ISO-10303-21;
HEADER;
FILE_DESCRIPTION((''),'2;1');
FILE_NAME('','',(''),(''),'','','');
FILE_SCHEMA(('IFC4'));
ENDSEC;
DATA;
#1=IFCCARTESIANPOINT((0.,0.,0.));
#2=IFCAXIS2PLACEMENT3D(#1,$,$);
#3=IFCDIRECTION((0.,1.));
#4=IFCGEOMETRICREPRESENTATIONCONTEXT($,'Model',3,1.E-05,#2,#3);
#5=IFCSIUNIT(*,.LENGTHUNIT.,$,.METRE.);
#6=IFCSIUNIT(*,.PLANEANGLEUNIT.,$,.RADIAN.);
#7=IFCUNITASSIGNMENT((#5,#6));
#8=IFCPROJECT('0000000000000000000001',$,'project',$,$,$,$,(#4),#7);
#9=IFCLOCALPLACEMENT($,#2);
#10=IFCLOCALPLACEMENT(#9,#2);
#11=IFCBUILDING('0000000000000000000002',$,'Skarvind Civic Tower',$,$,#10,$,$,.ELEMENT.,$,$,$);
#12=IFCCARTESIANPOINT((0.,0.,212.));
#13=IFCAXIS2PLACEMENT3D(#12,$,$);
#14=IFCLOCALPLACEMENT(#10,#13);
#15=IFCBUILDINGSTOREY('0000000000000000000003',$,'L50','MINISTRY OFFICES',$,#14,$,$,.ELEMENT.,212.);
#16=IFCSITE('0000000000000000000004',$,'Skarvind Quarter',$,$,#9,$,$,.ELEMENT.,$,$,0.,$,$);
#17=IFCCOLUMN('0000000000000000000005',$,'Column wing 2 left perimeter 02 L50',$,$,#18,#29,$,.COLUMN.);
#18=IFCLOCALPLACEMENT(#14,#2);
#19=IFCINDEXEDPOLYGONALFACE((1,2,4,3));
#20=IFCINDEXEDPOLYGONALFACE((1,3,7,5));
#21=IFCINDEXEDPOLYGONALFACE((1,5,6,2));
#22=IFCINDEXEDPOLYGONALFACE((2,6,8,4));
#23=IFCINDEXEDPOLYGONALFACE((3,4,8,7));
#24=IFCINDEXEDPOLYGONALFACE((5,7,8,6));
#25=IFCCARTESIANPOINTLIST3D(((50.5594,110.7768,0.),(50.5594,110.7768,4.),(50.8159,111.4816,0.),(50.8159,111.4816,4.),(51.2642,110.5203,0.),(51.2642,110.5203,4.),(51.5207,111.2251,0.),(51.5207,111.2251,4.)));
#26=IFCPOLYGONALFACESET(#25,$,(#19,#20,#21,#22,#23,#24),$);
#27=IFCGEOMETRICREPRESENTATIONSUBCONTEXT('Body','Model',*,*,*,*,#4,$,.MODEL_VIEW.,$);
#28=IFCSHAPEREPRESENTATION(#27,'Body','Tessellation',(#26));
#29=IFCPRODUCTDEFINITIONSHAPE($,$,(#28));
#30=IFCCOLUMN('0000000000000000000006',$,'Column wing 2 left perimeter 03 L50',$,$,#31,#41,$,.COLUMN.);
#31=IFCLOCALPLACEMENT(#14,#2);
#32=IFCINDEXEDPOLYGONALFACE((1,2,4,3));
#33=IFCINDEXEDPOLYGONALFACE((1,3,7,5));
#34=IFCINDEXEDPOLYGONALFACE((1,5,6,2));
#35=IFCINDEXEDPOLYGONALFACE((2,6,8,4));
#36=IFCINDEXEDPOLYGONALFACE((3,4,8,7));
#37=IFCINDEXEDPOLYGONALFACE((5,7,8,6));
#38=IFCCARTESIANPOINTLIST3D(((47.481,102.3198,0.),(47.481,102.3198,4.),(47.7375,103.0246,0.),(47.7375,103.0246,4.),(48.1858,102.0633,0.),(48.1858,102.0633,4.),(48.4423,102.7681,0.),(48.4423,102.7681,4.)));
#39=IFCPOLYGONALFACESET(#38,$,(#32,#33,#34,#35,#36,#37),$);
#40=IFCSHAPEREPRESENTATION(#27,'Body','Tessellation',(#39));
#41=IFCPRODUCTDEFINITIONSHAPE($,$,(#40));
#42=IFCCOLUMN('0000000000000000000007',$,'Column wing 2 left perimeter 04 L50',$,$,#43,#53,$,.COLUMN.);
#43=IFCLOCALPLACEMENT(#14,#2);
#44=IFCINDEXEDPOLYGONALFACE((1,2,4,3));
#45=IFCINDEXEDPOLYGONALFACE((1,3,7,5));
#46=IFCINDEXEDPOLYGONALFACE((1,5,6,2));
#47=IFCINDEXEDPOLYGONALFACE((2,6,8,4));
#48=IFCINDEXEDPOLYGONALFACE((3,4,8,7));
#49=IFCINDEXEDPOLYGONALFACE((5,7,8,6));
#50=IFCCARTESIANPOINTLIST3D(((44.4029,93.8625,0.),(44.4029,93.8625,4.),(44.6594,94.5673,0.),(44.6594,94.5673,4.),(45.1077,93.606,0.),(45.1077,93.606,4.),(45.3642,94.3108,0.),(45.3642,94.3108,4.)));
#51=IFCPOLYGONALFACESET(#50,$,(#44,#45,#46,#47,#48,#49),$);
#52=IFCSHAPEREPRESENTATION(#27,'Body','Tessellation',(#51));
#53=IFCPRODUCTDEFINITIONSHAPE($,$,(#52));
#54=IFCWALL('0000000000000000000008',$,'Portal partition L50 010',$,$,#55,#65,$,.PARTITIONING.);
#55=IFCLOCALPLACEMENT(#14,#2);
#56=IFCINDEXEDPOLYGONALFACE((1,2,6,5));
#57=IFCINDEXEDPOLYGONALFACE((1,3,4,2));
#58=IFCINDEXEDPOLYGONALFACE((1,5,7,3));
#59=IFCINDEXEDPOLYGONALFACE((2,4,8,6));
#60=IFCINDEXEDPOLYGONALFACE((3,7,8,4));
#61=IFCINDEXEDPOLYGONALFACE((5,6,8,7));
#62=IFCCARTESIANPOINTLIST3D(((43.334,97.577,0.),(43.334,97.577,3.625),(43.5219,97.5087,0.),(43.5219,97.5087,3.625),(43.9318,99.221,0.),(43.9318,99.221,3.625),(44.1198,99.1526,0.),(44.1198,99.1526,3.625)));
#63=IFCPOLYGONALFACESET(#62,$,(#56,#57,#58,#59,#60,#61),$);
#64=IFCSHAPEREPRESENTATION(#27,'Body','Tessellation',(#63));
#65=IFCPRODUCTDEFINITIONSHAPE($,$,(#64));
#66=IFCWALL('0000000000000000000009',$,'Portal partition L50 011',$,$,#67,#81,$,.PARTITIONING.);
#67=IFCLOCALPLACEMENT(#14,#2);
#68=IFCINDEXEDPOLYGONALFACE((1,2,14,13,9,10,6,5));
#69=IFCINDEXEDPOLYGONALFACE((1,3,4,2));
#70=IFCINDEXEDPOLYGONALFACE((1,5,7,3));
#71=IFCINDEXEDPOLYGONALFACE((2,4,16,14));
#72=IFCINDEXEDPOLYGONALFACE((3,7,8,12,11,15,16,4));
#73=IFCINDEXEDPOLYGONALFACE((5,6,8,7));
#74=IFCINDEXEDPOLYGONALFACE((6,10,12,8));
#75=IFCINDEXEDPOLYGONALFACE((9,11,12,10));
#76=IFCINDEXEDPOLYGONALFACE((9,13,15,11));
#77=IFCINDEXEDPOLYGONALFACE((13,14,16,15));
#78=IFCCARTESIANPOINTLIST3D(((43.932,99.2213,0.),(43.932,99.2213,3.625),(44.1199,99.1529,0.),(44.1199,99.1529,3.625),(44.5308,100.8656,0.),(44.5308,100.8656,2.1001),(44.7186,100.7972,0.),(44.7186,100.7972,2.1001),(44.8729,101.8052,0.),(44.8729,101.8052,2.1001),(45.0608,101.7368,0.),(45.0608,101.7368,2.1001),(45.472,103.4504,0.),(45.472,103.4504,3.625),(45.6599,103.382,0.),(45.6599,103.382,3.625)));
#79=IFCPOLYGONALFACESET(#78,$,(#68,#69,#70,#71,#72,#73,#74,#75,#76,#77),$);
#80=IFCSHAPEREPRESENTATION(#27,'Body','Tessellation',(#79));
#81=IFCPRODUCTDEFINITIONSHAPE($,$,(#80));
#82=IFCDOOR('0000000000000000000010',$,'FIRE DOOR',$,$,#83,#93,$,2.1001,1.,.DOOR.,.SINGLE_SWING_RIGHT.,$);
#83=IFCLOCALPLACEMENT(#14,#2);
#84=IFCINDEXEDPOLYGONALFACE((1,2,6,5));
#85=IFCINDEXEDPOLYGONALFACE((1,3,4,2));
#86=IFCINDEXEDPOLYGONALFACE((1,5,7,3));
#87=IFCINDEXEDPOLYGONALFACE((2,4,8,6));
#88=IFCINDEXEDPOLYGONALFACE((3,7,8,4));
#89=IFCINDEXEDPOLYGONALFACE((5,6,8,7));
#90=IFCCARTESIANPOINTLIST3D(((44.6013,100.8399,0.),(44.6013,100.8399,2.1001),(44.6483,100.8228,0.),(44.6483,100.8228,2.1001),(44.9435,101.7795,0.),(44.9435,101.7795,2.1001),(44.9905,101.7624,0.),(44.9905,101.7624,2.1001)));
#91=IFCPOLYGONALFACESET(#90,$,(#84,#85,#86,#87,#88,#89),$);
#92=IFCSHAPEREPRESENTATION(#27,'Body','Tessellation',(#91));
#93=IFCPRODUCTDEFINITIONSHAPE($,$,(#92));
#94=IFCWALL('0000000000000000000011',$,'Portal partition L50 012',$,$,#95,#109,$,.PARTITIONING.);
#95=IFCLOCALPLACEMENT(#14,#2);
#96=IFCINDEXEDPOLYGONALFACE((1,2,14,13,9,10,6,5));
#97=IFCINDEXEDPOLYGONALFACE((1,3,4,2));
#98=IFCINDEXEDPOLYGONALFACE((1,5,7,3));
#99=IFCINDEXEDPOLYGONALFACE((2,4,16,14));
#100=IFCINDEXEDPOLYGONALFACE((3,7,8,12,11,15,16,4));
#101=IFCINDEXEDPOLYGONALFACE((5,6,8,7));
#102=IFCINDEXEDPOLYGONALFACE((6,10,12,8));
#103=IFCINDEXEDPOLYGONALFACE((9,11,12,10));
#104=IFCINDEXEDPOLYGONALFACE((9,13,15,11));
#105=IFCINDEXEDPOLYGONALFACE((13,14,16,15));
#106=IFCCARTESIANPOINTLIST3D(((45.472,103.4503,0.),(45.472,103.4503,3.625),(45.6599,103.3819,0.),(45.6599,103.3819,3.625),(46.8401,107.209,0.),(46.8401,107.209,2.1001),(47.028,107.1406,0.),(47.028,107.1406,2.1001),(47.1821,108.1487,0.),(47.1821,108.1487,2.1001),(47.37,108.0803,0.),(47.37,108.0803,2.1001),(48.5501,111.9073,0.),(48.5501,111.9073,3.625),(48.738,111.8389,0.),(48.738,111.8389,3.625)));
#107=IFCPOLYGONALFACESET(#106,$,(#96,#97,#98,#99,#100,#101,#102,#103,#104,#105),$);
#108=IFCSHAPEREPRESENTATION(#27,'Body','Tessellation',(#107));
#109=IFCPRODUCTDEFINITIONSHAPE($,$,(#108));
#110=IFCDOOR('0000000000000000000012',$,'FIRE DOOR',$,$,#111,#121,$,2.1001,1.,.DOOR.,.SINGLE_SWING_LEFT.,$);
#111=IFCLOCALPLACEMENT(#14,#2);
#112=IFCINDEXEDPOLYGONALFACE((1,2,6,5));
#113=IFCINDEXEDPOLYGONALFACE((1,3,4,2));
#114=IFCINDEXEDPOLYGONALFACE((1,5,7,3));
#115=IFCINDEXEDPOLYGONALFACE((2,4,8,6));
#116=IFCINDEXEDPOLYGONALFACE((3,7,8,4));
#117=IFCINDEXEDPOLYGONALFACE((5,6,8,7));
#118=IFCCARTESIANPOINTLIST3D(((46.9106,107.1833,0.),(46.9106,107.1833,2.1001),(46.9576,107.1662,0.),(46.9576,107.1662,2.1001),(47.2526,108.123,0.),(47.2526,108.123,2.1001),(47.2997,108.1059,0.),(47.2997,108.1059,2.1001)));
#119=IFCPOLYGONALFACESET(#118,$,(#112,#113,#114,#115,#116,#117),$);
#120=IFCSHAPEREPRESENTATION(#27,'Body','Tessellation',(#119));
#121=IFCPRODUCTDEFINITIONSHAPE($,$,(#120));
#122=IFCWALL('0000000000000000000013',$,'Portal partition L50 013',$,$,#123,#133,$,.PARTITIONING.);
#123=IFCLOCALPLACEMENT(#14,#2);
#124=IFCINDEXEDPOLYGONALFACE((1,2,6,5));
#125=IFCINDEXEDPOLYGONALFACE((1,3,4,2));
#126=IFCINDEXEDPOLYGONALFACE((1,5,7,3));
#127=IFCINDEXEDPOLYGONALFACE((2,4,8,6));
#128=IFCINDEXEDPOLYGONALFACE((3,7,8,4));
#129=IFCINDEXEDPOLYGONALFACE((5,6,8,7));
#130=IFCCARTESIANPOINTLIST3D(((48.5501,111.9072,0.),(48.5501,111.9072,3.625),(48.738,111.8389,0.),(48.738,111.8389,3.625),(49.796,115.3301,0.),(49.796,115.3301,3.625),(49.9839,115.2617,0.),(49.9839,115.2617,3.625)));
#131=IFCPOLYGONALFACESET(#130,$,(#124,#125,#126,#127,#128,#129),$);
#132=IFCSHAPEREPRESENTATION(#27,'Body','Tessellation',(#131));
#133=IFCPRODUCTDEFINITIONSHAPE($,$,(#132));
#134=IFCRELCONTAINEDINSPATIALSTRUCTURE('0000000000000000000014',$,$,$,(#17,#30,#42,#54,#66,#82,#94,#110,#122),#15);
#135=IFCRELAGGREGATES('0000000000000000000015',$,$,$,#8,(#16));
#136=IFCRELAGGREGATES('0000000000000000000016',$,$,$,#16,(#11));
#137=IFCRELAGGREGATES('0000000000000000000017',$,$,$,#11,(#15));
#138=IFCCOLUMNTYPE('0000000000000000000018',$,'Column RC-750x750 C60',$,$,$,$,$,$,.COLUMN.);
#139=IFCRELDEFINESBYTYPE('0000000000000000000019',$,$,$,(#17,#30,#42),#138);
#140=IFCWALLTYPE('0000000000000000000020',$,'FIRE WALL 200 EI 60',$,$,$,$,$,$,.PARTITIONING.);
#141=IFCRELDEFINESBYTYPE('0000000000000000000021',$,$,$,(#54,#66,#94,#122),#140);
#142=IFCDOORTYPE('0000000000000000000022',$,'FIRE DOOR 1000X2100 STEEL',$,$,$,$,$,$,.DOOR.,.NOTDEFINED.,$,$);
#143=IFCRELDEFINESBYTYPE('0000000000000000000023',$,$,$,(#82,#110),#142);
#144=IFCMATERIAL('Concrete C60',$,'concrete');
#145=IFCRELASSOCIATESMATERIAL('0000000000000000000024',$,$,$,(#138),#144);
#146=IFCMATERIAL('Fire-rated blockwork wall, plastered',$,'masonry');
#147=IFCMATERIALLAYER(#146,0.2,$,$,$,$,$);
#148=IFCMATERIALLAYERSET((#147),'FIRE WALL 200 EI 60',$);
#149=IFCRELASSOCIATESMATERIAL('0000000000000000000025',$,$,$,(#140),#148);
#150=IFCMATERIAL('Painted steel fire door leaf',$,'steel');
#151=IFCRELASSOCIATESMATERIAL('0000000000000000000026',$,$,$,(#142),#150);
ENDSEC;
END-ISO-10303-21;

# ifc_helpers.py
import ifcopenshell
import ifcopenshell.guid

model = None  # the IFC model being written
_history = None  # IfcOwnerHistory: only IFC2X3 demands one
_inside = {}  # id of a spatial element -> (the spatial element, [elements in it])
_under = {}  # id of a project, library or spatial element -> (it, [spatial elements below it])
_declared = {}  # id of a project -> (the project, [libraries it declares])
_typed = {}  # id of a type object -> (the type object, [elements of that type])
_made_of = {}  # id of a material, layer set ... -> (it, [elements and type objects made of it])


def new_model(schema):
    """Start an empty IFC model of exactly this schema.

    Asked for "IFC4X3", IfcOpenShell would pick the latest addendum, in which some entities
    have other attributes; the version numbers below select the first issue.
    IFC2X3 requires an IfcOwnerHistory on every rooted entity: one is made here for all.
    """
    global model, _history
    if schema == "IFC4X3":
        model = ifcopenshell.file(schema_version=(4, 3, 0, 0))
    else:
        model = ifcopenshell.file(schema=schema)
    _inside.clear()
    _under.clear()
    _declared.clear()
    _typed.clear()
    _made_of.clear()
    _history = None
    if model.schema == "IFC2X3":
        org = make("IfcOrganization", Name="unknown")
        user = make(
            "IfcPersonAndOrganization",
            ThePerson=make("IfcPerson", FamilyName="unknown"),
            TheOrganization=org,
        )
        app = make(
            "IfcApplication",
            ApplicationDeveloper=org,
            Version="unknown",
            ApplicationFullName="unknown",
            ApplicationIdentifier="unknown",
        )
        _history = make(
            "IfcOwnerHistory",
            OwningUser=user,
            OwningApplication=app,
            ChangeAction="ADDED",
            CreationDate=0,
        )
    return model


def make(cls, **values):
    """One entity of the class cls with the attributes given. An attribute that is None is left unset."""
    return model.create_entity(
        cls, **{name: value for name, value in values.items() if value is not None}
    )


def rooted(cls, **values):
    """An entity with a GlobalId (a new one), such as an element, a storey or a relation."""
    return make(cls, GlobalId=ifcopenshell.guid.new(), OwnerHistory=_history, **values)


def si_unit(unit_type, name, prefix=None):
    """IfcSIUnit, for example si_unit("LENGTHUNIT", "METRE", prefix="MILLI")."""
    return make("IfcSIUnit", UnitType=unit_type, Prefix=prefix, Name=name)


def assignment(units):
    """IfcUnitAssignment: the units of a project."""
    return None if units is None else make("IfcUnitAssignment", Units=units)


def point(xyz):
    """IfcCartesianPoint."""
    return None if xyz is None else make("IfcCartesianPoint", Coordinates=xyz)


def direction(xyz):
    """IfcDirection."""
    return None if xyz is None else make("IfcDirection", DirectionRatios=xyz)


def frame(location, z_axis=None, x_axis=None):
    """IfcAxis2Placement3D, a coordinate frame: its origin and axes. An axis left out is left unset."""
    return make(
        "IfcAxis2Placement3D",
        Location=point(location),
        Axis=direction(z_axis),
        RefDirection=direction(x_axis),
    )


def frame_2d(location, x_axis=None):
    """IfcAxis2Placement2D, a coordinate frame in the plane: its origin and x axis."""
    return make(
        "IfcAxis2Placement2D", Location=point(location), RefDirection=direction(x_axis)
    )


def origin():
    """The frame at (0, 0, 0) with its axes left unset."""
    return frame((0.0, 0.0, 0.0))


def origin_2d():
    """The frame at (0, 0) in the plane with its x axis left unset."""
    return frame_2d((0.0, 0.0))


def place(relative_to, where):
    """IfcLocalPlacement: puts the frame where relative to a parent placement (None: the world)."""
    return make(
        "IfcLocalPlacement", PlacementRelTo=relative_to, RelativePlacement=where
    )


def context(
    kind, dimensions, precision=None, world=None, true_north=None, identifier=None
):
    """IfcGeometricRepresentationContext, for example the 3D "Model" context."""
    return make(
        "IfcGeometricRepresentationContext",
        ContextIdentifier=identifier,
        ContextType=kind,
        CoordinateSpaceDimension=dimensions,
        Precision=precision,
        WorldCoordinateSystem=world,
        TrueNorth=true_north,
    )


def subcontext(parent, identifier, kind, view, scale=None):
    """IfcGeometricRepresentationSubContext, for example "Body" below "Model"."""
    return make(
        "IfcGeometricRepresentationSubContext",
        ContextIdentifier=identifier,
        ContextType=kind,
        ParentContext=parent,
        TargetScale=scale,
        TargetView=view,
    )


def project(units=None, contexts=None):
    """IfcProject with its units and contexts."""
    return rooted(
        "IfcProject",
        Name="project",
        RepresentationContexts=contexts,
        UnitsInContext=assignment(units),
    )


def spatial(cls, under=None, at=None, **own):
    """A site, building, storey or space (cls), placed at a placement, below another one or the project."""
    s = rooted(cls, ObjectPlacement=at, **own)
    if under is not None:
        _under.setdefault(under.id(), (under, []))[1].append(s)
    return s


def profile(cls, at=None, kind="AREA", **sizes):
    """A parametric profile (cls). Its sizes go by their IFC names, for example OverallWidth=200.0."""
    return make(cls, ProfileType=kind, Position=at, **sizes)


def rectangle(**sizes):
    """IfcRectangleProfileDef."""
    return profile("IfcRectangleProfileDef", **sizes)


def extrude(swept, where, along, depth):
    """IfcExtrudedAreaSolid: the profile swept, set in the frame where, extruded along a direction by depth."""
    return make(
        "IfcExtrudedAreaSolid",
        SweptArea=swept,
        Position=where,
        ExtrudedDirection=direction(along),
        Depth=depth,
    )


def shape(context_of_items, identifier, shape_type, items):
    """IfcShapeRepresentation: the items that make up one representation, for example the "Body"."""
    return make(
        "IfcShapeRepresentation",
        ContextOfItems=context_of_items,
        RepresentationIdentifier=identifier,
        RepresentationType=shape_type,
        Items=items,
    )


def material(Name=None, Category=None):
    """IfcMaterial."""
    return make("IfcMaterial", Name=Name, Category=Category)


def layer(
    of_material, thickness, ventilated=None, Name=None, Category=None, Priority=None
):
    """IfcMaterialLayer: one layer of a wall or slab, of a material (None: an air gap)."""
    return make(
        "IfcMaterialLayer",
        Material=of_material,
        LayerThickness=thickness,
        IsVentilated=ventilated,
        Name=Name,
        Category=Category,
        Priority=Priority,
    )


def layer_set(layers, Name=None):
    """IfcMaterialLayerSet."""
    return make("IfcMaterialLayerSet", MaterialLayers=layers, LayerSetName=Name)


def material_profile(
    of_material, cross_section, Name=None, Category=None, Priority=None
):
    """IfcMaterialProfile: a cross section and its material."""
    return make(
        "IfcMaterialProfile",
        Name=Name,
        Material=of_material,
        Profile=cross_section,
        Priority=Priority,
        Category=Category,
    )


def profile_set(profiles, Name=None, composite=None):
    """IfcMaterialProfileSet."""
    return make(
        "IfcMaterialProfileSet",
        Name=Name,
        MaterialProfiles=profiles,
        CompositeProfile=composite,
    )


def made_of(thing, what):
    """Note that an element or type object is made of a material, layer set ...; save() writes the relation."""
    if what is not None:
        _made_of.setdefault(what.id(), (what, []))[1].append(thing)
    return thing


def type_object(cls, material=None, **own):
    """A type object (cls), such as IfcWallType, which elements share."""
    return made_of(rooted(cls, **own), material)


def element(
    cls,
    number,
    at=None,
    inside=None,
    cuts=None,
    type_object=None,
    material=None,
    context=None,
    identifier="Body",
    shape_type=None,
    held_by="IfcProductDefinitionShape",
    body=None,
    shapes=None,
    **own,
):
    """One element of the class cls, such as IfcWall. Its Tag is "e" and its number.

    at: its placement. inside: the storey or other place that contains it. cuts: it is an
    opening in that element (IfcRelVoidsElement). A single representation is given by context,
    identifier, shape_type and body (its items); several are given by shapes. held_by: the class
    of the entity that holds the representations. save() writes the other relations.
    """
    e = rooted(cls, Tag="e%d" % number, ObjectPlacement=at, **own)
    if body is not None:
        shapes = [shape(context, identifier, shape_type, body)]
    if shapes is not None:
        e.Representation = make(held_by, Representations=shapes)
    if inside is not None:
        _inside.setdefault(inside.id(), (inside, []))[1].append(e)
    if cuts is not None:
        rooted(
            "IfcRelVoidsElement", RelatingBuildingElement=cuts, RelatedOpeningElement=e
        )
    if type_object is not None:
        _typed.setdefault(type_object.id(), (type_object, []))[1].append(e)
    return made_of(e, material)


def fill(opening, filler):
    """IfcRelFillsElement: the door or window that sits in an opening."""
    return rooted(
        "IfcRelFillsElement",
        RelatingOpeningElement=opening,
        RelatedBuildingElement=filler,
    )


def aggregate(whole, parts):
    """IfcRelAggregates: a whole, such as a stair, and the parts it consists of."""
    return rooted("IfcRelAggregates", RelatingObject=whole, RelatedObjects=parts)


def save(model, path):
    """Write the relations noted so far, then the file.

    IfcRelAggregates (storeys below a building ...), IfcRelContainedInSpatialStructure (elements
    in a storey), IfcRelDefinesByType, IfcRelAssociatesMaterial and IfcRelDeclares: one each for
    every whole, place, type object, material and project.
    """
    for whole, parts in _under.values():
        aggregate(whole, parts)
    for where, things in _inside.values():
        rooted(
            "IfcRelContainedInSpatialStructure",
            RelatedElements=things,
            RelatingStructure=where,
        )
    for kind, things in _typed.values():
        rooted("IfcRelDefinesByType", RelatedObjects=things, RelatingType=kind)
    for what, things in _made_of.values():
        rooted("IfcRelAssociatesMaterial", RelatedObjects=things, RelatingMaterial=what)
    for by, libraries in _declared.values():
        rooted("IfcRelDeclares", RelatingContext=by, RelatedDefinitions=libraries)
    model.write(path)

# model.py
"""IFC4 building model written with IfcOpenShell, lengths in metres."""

from ifc_helpers import new_model, si_unit, direction, frame, frame_2d, origin, origin_2d, place, context, subcontext, project, spatial, rectangle, extrude, material, layer, layer_set, material_profile, profile_set, type_object, element, fill, save


model = new_model("IFC4")

# Units and contexts
model_context = context("Model", 3, precision=1e-05, world=origin(), true_north=direction((0.0, 1.0)))
body_context = subcontext(model_context, "Body", "Model", "MODEL_VIEW")
ifc_project = project(units=[si_unit("LENGTHUNIT", "METRE"), si_unit("PLANEANGLEUNIT", "RADIAN")], contexts=[model_context])

# Site, building, storey
site_placement = place(None, origin())
site = spatial("IfcSite", under=ifc_project, at=site_placement, Name="Skarvind Quarter", CompositionType="ELEMENT", RefElevation=0.0)
building_placement = place(site_placement, origin())
building = spatial("IfcBuilding", under=site, at=building_placement, Name="Skarvind Civic Tower", CompositionType="ELEMENT")
storey_placement = place(building_placement, frame((0.0, 0.0, 212.0)))
storey = spatial("IfcBuildingStorey", under=building, at=storey_placement, Name="L50", Description="MINISTRY OFFICES", CompositionType="ELEMENT", Elevation=212.0)

# Columns
ifc_material_1 = material(Name="Concrete C60", Category="concrete")
ifc_material_profile_1 = material_profile(ifc_material_1, rectangle(XDim=0.75, YDim=0.75, at=origin_2d()), Name="RC-750x750")
ifc_profile_set_1 = profile_set([ifc_material_profile_1], Name="Concrete C60")
column_type = type_object("IfcColumnType", Name="Column RC-750x750 C60", PredefinedType="COLUMN", material=ifc_profile_set_1)
for number, where, z_axis, x_axis, name in (
    (1, (51.04, 111.001, 0.0), (0.0, 0.0, 1.0), (-0.34202, -0.939693, 0.0), "Column wing 2 left perimeter 02 L50"),
    (2, (47.9617, 102.5439, 0.0), (0.0, 0.0, 1.0), (-0.34202, -0.939693, 0.0), "Column wing 2 left perimeter 03 L50"),
    (3, (44.8835, 94.0867, 0.0), (0.0, 0.0, 1.0), (-0.34202, -0.939693, 0.0), "Column wing 2 left perimeter 04 L50"),
):
    element("IfcColumn", number, at=place(storey_placement, frame(where, z_axis=z_axis, x_axis=x_axis)), inside=storey, type_object=column_type, Name=name, PredefinedType="COLUMN", context=body_context, shape_type="SweptSolid", body=[
        extrude(rectangle(XDim=0.75, YDim=0.75, at=origin_2d()), origin(), (0.0, 0.0, 1.0), 4.0),
    ])

# Wall
ifc_material_2 = material(Name="Fire-rated blockwork wall, plastered", Category="masonry")
ifc_layer_1 = layer(ifc_material_2, 0.2)
ifc_layer_set_1 = layer_set([ifc_layer_1], Name="FIRE WALL 200 EI 60")
wall_type_1 = type_object("IfcWallType", Name="FIRE WALL 200 EI 60", PredefinedType="PARTITIONING", material=ifc_layer_set_1)
wall_1_placement = place(storey_placement, frame((43.428, 97.543, 0.0), z_axis=(0.0, 0.0, 1.0), x_axis=(0.341777, 0.939781, 0.0)))
element("IfcWall", 4, at=wall_1_placement, inside=storey, type_object=wall_type_1, Name="Portal partition L50 010", PredefinedType="PARTITIONING", context=body_context, shape_type="SweptSolid", body=[
    extrude(rectangle(XDim=1.7493, YDim=0.2, at=frame_2d((0.8745, 0.0))), origin(), (0.0, 0.0, 1.0), 3.625),
])

# Walls, openings, doors
wall_2_placement = place(storey_placement, frame((44.0259, 99.187, 0.0), z_axis=(0.0, 0.0, 1.0), x_axis=(0.342179, 0.939635, 0.0)))
wall_2 = element("IfcWall", 5, at=wall_2_placement, inside=storey, type_object=wall_type_1, Name="Portal partition L50 011", PredefinedType="PARTITIONING", context=body_context, shape_type="SweptSolid", body=[
    extrude(rectangle(XDim=4.5007, YDim=0.2, at=frame_2d((2.2505, 0.0))), origin(), (0.0, 0.0, 1.0), 3.625),
])
opening_1_placement = place(wall_2_placement, frame((1.75, 0.0, 0.0)))
opening_1 = element("IfcOpeningElement", 6, at=opening_1_placement, cuts=wall_2, PredefinedType="OPENING", context=body_context, shape_type="SweptSolid", body=[
    extrude(rectangle(XDim=1.0, YDim=2.1001, at=frame_2d((0.5, 1.05))), frame((0.0, 0.1099, 0.0), z_axis=(0.0, -1.0, 0.0), x_axis=(1.0, 0.0, 0.0)), (0.0, 0.0, 1.0), 0.22),
])
ifc_material_3 = material(Name="Painted steel fire door leaf", Category="steel")
door_type_1 = type_object("IfcDoorType", Name="FIRE DOOR 1000X2100 STEEL", OperationType="NOTDEFINED", PredefinedType="DOOR", material=ifc_material_3)
door_1_placement = place(opening_1_placement, origin())
door_1 = element("IfcDoor", 7, at=door_1_placement, inside=storey, type_object=door_type_1, Name="FIRE DOOR", OperationType="SINGLE_SWING_RIGHT", OverallHeight=2.1001, OverallWidth=1.0, PredefinedType="DOOR", context=body_context, shape_type="SweptSolid", body=[
    extrude(rectangle(XDim=1.0, YDim=2.1001, at=frame_2d((0.5, 1.05))), frame((0.0, 0.0249, 0.0), z_axis=(0.0, -1.0, 0.0), x_axis=(1.0, 0.0, 0.0)), (0.0, 0.0, 1.0), 0.05),
])
fill(opening_1, door_1)
wall_3_placement = place(storey_placement, frame((45.5659, 103.416, 0.0), z_axis=(0.0, 0.0, 1.0), x_axis=(0.342022, 0.939692, 0.0)))
wall_3 = element("IfcWall", 8, at=wall_3_placement, inside=storey, type_object=wall_type_1, Name="Portal partition L50 012", PredefinedType="PARTITIONING", context=body_context, shape_type="SweptSolid", body=[
    extrude(rectangle(XDim=8.9998, YDim=0.2, at=frame_2d((4.5, 0.0))), origin(), (0.0, 0.0, 1.0), 3.625),
])
opening_2_placement = place(wall_3_placement, frame((4.0, 0.0, 0.0)))
opening_2 = element("IfcOpeningElement", 9, at=opening_2_placement, cuts=wall_3, PredefinedType="OPENING", context=body_context, shape_type="SweptSolid", body=[
    extrude(rectangle(XDim=1.0, YDim=2.1001, at=frame_2d((0.5, 1.05))), frame((0.0, 0.1099, 0.0), z_axis=(0.0, -1.0, 0.0), x_axis=(1.0, 0.0, 0.0)), (0.0, 0.0, 1.0), 0.22),
])
door_2_placement = place(opening_2_placement, origin())
door_2 = element("IfcDoor", 10, at=door_2_placement, inside=storey, type_object=door_type_1, Name="FIRE DOOR", OperationType="SINGLE_SWING_LEFT", OverallHeight=2.1001, OverallWidth=1.0, PredefinedType="DOOR", context=body_context, shape_type="SweptSolid", body=[
    extrude(rectangle(XDim=1.0, YDim=2.1001, at=frame_2d((0.5, 1.05))), frame((0.0, 0.0249, 0.0), z_axis=(0.0, -1.0, 0.0), x_axis=(1.0, 0.0, 0.0)), (0.0, 0.0, 1.0), 0.05),
])
fill(opening_2, door_2)

# Wall
wall_4_placement = place(storey_placement, frame((48.644, 111.873, 0.0), z_axis=(0.0, 0.0, 1.0), x_axis=(0.342028, 0.93969, 0.0)))
element("IfcWall", 11, at=wall_4_placement, inside=storey, type_object=wall_type_1, Name="Portal partition L50 013", PredefinedType="PARTITIONING", context=body_context, shape_type="SweptSolid", body=[
    extrude(rectangle(XDim=3.6426, YDim=0.2, at=frame_2d((1.8213, 0.0))), origin(), (0.0, 0.0, 1.0), 3.625),
])

save(model, "model.ifc")
